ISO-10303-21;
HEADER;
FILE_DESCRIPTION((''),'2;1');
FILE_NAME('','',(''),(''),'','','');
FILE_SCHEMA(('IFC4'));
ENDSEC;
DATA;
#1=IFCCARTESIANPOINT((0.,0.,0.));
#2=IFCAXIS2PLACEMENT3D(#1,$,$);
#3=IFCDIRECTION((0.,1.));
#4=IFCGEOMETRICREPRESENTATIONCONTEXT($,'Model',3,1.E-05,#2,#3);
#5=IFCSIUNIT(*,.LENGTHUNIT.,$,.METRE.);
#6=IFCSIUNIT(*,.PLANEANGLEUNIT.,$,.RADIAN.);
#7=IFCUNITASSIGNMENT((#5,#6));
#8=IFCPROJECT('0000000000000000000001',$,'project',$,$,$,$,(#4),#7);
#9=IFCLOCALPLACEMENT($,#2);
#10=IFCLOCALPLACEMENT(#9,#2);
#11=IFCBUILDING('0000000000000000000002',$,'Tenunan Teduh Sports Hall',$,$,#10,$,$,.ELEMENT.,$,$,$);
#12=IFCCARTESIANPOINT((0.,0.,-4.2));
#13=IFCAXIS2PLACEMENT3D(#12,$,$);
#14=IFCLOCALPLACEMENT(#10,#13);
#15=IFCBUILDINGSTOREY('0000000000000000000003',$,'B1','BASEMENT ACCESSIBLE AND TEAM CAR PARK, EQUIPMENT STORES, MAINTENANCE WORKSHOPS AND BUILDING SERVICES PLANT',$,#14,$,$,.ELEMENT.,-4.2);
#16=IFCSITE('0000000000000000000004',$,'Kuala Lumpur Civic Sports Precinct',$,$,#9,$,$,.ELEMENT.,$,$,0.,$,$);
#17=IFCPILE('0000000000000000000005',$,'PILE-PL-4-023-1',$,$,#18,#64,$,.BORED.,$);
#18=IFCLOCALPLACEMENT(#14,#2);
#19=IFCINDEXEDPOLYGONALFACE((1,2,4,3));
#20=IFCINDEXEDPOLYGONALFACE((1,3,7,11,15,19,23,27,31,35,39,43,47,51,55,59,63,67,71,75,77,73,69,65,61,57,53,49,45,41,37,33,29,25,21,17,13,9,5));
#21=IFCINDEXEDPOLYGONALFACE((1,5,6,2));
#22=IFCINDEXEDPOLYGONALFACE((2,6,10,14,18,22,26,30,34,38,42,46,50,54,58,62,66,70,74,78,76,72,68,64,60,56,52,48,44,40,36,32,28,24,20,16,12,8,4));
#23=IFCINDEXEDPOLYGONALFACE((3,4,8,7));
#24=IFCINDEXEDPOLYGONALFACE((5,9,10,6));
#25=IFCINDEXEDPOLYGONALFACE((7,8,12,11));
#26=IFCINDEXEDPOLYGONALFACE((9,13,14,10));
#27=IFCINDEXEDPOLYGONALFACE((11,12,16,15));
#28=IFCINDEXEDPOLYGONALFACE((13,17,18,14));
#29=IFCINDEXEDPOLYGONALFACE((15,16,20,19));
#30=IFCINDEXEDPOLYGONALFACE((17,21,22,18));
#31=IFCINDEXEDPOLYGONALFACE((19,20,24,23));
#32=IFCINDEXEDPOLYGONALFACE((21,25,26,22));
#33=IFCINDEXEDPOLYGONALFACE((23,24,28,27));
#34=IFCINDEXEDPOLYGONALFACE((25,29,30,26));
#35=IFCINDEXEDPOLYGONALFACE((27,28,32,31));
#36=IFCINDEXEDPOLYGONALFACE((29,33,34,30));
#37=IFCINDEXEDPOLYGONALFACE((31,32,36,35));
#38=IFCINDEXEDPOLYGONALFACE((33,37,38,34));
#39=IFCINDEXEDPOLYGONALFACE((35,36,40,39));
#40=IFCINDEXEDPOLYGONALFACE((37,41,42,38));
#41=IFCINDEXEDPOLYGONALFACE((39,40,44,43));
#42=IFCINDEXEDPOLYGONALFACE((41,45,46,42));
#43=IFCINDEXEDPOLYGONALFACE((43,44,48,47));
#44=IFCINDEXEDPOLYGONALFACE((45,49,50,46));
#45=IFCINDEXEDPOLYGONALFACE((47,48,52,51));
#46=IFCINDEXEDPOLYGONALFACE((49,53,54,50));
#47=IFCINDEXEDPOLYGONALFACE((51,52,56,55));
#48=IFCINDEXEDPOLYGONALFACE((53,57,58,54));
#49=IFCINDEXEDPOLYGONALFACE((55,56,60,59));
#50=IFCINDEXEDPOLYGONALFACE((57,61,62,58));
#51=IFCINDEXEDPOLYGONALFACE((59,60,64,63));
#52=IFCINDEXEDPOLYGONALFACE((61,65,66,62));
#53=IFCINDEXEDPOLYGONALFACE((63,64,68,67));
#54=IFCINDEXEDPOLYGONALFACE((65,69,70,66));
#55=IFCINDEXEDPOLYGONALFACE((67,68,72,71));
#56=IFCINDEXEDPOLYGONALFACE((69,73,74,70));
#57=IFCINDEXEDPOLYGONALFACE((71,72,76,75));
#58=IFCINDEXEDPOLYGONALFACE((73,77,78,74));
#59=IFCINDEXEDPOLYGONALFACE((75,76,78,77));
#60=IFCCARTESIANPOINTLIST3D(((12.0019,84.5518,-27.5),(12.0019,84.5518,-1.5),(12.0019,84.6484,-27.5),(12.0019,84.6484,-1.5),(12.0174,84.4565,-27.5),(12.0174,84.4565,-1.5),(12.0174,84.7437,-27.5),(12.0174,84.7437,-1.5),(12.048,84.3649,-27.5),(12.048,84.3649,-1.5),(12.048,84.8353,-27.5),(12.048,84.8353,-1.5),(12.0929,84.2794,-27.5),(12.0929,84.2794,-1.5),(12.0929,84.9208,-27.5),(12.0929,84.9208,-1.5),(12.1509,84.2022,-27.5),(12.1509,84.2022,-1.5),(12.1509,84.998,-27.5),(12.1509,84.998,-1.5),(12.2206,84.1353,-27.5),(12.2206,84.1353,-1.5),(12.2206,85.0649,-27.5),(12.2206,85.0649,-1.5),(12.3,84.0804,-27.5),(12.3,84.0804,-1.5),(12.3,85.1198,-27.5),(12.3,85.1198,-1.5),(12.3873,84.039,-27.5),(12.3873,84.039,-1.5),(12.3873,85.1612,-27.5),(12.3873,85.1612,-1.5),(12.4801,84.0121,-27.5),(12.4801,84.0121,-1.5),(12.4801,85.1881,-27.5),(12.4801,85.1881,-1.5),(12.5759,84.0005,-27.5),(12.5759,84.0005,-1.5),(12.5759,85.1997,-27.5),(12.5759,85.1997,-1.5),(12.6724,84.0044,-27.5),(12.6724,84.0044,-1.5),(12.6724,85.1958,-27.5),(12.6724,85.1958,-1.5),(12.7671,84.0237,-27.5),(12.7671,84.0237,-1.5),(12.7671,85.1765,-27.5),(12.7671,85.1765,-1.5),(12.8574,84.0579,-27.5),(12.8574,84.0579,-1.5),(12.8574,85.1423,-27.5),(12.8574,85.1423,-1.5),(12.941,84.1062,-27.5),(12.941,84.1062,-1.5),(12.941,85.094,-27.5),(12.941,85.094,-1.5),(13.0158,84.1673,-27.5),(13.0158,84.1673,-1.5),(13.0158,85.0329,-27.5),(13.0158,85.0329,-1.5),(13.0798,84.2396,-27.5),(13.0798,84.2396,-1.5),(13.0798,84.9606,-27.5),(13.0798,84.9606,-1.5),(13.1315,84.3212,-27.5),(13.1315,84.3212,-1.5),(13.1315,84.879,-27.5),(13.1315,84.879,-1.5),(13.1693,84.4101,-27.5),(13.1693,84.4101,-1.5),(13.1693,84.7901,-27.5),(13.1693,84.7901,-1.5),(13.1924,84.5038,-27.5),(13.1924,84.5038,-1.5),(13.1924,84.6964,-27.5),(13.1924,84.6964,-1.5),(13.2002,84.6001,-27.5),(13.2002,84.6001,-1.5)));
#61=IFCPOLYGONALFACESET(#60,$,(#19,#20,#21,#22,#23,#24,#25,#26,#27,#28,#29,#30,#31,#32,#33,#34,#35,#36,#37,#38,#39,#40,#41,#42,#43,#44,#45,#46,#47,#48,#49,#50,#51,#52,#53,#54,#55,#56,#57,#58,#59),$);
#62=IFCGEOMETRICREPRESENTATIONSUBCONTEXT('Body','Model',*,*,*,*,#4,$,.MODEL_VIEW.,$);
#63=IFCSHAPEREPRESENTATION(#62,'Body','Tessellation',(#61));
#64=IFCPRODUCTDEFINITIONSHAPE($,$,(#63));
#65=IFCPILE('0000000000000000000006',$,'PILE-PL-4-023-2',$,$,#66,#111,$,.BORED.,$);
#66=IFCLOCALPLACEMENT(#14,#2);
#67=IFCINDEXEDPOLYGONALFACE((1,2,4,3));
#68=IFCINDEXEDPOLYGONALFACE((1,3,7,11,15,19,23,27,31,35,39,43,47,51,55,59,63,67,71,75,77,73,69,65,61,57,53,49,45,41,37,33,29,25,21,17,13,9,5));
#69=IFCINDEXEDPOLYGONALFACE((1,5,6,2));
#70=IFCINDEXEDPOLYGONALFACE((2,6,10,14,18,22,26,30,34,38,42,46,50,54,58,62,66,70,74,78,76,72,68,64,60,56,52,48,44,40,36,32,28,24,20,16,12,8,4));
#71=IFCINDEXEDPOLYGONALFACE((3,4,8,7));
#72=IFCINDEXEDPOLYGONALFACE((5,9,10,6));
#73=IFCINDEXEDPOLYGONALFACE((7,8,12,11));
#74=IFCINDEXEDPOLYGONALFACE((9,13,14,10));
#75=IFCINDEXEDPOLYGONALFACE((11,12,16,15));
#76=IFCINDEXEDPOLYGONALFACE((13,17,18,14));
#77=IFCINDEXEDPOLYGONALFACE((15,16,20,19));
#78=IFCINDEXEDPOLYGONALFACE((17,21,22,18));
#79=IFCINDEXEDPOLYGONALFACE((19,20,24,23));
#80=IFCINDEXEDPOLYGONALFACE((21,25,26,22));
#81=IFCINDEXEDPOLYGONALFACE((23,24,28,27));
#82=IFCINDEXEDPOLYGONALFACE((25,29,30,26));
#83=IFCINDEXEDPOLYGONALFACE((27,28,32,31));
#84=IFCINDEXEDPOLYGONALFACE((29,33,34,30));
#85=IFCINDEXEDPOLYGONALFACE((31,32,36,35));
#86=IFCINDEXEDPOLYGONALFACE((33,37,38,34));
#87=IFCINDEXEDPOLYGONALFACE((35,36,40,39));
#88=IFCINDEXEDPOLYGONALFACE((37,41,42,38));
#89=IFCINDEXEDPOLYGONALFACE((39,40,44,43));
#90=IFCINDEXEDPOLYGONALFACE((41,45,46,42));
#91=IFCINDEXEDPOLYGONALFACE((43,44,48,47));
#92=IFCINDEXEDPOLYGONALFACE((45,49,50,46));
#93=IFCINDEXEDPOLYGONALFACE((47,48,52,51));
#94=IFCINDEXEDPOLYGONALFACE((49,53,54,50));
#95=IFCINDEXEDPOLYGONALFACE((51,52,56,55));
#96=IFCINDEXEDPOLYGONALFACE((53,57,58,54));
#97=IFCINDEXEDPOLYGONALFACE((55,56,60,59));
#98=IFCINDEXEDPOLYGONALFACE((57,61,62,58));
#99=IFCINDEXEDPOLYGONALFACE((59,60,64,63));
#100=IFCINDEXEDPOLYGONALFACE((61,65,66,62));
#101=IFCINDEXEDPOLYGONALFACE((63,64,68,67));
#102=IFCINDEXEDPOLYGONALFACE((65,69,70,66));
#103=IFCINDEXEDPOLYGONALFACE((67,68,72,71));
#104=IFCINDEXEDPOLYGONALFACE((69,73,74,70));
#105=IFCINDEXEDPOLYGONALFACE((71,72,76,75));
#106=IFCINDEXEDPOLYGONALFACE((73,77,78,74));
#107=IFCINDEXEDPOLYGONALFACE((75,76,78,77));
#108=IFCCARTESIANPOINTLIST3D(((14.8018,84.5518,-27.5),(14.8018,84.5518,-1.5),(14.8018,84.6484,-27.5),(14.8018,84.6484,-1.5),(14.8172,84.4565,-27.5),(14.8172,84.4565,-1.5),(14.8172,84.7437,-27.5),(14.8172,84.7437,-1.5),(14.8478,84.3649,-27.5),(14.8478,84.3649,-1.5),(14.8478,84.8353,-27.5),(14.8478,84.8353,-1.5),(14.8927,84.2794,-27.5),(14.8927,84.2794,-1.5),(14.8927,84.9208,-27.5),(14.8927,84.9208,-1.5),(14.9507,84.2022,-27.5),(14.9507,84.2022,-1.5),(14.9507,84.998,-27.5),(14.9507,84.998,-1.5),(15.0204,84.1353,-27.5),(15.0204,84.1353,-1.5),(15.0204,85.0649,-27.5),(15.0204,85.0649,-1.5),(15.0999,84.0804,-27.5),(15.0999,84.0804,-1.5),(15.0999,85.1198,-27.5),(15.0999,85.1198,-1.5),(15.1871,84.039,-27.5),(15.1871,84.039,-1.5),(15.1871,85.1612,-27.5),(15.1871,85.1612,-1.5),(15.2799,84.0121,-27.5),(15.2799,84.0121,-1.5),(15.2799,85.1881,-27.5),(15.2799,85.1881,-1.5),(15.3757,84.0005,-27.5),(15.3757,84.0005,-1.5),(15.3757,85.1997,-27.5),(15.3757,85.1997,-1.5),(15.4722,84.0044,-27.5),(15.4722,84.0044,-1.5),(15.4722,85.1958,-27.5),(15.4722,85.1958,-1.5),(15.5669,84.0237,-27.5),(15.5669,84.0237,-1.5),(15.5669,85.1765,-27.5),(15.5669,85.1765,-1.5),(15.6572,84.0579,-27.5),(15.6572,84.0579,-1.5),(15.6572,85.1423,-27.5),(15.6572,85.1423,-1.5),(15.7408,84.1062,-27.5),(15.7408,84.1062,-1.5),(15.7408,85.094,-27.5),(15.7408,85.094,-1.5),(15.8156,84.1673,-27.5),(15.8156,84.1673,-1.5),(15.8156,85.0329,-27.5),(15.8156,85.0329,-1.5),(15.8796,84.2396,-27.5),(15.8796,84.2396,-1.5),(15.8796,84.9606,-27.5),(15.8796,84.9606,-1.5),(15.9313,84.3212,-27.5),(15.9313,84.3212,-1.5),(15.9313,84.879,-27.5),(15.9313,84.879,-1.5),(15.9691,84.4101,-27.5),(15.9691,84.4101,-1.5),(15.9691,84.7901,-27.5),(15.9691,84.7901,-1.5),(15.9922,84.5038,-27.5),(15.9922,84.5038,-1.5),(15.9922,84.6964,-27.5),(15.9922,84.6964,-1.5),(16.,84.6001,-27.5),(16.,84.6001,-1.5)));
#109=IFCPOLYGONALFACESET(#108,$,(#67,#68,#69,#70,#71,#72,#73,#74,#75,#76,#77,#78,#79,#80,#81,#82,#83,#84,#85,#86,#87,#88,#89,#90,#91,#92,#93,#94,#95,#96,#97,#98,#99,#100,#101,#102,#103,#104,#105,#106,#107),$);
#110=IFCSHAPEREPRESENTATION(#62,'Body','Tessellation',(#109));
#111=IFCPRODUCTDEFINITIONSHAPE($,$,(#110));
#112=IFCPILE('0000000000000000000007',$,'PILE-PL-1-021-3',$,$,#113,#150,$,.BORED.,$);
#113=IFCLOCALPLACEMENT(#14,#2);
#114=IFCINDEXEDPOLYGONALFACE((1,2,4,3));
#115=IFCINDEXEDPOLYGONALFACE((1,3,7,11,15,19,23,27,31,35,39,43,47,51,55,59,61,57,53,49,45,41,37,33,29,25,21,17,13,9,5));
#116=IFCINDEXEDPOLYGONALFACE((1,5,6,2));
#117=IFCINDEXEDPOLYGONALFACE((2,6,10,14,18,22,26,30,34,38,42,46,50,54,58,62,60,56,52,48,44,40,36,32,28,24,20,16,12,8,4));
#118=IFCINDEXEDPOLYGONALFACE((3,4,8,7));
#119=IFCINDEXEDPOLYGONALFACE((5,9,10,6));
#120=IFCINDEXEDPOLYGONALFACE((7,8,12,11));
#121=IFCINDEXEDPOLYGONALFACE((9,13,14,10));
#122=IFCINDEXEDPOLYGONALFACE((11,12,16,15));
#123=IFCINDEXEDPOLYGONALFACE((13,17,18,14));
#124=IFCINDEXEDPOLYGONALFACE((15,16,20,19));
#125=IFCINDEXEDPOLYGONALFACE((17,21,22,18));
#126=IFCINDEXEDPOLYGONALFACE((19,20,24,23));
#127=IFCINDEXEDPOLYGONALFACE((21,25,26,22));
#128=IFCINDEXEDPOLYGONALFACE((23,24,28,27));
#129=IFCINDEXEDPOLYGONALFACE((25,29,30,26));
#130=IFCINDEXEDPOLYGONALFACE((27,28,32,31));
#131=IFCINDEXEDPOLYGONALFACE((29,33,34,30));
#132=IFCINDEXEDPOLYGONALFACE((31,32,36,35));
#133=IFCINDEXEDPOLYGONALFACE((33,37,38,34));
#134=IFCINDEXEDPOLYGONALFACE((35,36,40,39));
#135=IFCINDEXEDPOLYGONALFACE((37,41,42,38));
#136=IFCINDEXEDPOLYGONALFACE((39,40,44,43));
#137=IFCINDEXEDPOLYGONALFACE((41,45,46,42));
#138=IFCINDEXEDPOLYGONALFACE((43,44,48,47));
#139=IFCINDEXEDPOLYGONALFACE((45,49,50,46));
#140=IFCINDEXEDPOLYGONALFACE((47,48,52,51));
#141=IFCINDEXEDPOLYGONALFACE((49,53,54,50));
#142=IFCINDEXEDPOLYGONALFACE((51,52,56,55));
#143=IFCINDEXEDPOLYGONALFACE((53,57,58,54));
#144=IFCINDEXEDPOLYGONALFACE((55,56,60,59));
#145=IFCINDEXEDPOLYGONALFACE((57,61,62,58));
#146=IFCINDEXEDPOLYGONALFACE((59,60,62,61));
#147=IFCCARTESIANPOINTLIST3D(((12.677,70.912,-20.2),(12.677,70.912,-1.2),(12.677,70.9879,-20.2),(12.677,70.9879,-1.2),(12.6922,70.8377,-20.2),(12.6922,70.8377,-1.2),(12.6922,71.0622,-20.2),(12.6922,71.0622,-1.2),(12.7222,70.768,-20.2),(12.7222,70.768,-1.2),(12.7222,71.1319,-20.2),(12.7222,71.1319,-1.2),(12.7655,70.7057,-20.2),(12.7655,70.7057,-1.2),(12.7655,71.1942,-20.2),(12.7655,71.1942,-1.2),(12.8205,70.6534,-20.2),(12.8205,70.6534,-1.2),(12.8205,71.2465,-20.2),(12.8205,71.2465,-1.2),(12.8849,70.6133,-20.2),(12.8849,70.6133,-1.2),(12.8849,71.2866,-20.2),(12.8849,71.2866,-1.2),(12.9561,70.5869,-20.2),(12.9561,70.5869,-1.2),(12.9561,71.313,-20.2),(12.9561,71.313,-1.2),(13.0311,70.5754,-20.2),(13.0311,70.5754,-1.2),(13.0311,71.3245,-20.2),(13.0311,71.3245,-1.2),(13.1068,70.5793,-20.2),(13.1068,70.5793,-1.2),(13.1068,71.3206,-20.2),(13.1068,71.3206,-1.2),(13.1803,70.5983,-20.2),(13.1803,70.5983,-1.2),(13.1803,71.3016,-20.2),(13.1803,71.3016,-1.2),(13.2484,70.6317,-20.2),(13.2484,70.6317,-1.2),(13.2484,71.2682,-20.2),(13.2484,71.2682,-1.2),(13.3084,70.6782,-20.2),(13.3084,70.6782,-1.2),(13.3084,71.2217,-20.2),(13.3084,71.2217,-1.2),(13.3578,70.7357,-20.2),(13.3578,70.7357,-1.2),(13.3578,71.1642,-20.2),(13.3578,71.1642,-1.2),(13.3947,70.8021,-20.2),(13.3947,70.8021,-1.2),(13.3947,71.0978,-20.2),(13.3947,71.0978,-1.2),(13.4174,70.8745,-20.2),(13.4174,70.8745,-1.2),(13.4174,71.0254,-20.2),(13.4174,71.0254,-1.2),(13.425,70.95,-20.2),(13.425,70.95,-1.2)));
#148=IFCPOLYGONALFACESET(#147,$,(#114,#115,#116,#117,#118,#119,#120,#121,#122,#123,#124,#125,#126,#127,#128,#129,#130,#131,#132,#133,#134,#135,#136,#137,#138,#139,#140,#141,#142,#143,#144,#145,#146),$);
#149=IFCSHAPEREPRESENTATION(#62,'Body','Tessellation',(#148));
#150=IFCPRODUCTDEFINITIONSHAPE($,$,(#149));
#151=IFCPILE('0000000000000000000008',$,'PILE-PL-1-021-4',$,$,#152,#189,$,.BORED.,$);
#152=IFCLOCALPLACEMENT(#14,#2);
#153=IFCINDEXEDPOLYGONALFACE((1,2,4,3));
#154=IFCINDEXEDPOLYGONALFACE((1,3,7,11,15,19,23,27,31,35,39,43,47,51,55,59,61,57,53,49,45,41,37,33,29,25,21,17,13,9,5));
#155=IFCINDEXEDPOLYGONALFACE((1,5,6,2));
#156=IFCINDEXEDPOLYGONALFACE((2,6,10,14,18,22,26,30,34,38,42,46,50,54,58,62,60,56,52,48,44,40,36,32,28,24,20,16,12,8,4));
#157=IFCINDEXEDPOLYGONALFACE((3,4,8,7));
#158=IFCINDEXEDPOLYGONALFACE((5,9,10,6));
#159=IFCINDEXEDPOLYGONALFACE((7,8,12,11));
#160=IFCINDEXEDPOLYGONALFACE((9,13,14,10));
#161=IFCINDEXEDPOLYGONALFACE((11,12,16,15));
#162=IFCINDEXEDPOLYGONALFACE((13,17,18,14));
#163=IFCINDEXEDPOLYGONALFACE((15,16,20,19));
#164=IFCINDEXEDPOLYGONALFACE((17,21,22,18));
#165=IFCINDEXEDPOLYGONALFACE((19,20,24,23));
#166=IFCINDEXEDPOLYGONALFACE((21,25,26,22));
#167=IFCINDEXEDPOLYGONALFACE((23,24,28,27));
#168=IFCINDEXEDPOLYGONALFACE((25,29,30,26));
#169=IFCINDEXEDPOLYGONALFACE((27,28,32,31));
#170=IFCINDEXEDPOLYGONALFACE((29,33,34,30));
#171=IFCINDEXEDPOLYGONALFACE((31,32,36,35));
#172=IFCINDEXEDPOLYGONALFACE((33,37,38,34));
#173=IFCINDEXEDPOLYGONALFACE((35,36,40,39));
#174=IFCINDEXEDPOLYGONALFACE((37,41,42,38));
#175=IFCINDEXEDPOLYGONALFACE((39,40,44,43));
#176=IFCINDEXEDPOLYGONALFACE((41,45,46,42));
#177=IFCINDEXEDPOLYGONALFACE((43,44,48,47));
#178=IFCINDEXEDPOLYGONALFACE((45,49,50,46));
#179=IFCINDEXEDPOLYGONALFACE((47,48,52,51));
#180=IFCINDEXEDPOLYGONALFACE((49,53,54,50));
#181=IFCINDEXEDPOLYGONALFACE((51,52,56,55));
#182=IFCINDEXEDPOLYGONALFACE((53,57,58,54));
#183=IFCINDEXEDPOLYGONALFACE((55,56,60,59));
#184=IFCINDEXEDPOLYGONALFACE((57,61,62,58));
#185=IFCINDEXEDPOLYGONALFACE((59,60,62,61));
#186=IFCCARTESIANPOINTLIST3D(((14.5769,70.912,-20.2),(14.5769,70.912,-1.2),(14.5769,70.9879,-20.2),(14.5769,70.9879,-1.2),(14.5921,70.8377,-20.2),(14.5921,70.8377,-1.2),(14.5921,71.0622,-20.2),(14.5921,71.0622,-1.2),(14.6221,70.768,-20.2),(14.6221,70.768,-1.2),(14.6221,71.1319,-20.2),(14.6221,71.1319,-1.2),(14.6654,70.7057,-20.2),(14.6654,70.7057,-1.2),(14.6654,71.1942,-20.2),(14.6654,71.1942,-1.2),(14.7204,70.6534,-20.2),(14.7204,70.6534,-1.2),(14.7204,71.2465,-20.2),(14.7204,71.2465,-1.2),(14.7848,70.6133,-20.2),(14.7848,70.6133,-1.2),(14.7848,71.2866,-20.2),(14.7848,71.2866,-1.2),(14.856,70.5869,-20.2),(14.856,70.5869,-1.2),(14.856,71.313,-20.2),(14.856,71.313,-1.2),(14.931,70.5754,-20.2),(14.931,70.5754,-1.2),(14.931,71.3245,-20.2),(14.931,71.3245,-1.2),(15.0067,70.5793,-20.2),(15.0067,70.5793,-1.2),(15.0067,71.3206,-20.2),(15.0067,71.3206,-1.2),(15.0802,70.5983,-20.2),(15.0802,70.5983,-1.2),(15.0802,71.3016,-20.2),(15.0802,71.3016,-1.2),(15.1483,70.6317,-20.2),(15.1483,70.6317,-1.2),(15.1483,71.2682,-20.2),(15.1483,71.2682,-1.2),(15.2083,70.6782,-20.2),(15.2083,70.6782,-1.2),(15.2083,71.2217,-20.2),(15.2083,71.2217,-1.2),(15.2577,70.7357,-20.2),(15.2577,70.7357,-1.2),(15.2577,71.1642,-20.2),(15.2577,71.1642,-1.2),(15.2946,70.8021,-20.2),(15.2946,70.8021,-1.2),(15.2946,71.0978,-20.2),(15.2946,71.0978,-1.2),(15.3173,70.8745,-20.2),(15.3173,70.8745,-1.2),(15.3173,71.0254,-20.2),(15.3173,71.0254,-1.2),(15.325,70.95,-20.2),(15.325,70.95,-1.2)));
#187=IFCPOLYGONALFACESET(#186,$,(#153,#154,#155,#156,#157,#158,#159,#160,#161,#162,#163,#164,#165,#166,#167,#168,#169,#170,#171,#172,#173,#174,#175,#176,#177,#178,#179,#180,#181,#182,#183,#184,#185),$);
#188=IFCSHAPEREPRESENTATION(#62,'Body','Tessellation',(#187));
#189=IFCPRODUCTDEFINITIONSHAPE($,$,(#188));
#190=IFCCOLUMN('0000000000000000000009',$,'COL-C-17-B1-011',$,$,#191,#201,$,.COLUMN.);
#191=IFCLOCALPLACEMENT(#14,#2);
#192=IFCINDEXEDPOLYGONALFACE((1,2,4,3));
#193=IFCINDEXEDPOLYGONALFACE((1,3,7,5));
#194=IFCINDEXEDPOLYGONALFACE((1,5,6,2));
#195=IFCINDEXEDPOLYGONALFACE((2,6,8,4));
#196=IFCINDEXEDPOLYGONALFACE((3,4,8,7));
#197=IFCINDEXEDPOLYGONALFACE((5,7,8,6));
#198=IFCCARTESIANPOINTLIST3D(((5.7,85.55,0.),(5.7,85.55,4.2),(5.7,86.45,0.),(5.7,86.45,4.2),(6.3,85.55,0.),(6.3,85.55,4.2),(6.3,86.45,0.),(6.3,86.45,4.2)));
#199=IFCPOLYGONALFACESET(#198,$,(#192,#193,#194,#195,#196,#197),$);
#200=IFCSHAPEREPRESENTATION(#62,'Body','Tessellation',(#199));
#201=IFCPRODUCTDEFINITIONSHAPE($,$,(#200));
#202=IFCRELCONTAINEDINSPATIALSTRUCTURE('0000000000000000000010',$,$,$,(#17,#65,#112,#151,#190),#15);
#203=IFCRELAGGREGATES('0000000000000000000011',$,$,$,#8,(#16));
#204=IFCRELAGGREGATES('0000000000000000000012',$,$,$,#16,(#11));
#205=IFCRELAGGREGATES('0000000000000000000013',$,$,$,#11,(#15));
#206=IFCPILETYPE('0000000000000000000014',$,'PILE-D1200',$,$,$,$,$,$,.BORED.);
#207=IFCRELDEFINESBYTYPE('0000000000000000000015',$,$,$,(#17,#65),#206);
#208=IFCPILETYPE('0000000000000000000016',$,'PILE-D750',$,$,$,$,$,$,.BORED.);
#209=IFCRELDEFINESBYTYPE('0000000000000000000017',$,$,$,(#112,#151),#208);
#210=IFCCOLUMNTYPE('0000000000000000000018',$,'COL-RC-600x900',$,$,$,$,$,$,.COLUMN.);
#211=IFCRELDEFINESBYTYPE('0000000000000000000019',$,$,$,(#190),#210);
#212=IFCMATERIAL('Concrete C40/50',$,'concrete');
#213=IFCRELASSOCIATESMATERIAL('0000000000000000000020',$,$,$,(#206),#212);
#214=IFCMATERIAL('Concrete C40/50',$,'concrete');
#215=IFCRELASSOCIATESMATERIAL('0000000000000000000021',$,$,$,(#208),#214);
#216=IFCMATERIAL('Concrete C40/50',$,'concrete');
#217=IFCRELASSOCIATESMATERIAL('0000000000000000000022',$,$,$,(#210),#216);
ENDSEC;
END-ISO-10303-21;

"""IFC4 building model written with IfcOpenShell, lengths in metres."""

from ifc_helpers import new_model, si_unit, direction, frame, origin, origin_2d, place, context, subcontext, project, spatial, rectangle, circle, extrude, material, material_profile, profile_set, type_object, element, save


model = new_model("IFC4")

# Units and contexts
model_context = context("Model", 3, precision=1e-05, world=origin(), true_north=direction((0.0, 1.0)))
body_context = subcontext(model_context, "Body", "Model", "MODEL_VIEW")
ifc_project = project(units=[si_unit("LENGTHUNIT", "METRE"), si_unit("PLANEANGLEUNIT", "RADIAN")], contexts=[model_context])

# Site, building, storey
site_placement = place(None, origin())
site = spatial("IfcSite", under=ifc_project, at=site_placement, Name="Kuala Lumpur Civic Sports Precinct", CompositionType="ELEMENT", RefElevation=0.0)
building_placement = place(site_placement, origin())
building = spatial("IfcBuilding", under=site, at=building_placement, Name="Tenunan Teduh Sports Hall", CompositionType="ELEMENT")
storey_placement = place(building_placement, frame((0.0, 0.0, -4.2)))
storey = spatial("IfcBuildingStorey", under=building, at=storey_placement, Name="B1", Description="BASEMENT ACCESSIBLE AND TEAM CAR PARK, EQUIPMENT STORES, MAINTENANCE WORKSHOPS AND BUILDING SERVICES PLANT", CompositionType="ELEMENT", Elevation=-4.2)

# Piles
ifc_material_1 = material(Name="Concrete C40/50", Category="concrete")
ifc_material_profile_1 = material_profile(ifc_material_1, circle(Radius=0.6001, at=origin_2d()), Name="PILE D1200")
ifc_profile_set_1 = profile_set([ifc_material_profile_1], Name="Concrete C40/50")
pile_type_1 = type_object("IfcPileType", Name="PILE-D1200", PredefinedType="BORED", material=ifc_profile_set_1)
for number, where, z_axis, x_axis, name in (
    (1, (12.6001, 84.6001, -1.5), (0.0, 0.0, -1.0), (1.0, 0.0, 0.0), "PILE-PL-4-023-1"),
    (2, (15.3999, 84.6001, -1.5), (0.0, 0.0, -1.0), (1.0, 0.0, 0.0), "PILE-PL-4-023-2"),
):
    element("IfcPile", number, at=place(storey_placement, frame(where, z_axis=z_axis, x_axis=x_axis)), inside=storey, type_object=pile_type_1, Name=name, PredefinedType="BORED", context=body_context, shape_type="SweptSolid", body=[
        extrude(circle(Radius=0.6001, at=origin_2d()), origin(), (0.0, 0.0, 1.0), 26.0),
    ])
ifc_material_2 = material(Name="Concrete C40/50", Category="concrete")
ifc_material_profile_2 = material_profile(ifc_material_2, circle(Radius=0.375, at=origin_2d()), Name="PILE D750")
ifc_profile_set_2 = profile_set([ifc_material_profile_2], Name="Concrete C40/50")
pile_type_2 = type_object("IfcPileType", Name="PILE-D750", PredefinedType="BORED", material=ifc_profile_set_2)
for number, where, z_axis, x_axis, name in (
    (3, (13.05, 70.95, -1.2), (0.0, 0.0, -1.0), (1.0, 0.0, 0.0), "PILE-PL-1-021-3"),
    (4, (14.95, 70.95, -1.2), (0.0, 0.0, -1.0), (1.0, 0.0, 0.0), "PILE-PL-1-021-4"),
):
    element("IfcPile", number, at=place(storey_placement, frame(where, z_axis=z_axis, x_axis=x_axis)), inside=storey, type_object=pile_type_2, Name=name, PredefinedType="BORED", context=body_context, shape_type="SweptSolid", body=[
        extrude(circle(Radius=0.375, at=origin_2d()), origin(), (0.0, 0.0, 1.0), 19.0),
    ])

# Column
ifc_material_3 = material(Name="Concrete C40/50", Category="concrete")
ifc_material_profile_3 = material_profile(ifc_material_3, rectangle(XDim=0.6001, YDim=0.8999, at=origin_2d()), Name="RC 600x900")
ifc_profile_set_3 = profile_set([ifc_material_profile_3], Name="Concrete C40/50")
column_type_1 = type_object("IfcColumnType", Name="COL-RC-600x900", PredefinedType="COLUMN", material=ifc_profile_set_3)
column_placement = place(storey_placement, frame((6.0, 86.0, 0.0), z_axis=(0.0, 0.0, 1.0), x_axis=(1.0, 0.0, 0.0)))
element("IfcColumn", 5, at=column_placement, inside=storey, type_object=column_type_1, Name="COL-C-17-B1-011", PredefinedType="COLUMN", context=body_context, shape_type="SweptSolid", body=[
    extrude(rectangle(XDim=0.6001, YDim=0.8999, at=origin_2d()), origin(), (0.0, 0.0, 1.0), 4.2),
])

save(model, "model.ifc")
